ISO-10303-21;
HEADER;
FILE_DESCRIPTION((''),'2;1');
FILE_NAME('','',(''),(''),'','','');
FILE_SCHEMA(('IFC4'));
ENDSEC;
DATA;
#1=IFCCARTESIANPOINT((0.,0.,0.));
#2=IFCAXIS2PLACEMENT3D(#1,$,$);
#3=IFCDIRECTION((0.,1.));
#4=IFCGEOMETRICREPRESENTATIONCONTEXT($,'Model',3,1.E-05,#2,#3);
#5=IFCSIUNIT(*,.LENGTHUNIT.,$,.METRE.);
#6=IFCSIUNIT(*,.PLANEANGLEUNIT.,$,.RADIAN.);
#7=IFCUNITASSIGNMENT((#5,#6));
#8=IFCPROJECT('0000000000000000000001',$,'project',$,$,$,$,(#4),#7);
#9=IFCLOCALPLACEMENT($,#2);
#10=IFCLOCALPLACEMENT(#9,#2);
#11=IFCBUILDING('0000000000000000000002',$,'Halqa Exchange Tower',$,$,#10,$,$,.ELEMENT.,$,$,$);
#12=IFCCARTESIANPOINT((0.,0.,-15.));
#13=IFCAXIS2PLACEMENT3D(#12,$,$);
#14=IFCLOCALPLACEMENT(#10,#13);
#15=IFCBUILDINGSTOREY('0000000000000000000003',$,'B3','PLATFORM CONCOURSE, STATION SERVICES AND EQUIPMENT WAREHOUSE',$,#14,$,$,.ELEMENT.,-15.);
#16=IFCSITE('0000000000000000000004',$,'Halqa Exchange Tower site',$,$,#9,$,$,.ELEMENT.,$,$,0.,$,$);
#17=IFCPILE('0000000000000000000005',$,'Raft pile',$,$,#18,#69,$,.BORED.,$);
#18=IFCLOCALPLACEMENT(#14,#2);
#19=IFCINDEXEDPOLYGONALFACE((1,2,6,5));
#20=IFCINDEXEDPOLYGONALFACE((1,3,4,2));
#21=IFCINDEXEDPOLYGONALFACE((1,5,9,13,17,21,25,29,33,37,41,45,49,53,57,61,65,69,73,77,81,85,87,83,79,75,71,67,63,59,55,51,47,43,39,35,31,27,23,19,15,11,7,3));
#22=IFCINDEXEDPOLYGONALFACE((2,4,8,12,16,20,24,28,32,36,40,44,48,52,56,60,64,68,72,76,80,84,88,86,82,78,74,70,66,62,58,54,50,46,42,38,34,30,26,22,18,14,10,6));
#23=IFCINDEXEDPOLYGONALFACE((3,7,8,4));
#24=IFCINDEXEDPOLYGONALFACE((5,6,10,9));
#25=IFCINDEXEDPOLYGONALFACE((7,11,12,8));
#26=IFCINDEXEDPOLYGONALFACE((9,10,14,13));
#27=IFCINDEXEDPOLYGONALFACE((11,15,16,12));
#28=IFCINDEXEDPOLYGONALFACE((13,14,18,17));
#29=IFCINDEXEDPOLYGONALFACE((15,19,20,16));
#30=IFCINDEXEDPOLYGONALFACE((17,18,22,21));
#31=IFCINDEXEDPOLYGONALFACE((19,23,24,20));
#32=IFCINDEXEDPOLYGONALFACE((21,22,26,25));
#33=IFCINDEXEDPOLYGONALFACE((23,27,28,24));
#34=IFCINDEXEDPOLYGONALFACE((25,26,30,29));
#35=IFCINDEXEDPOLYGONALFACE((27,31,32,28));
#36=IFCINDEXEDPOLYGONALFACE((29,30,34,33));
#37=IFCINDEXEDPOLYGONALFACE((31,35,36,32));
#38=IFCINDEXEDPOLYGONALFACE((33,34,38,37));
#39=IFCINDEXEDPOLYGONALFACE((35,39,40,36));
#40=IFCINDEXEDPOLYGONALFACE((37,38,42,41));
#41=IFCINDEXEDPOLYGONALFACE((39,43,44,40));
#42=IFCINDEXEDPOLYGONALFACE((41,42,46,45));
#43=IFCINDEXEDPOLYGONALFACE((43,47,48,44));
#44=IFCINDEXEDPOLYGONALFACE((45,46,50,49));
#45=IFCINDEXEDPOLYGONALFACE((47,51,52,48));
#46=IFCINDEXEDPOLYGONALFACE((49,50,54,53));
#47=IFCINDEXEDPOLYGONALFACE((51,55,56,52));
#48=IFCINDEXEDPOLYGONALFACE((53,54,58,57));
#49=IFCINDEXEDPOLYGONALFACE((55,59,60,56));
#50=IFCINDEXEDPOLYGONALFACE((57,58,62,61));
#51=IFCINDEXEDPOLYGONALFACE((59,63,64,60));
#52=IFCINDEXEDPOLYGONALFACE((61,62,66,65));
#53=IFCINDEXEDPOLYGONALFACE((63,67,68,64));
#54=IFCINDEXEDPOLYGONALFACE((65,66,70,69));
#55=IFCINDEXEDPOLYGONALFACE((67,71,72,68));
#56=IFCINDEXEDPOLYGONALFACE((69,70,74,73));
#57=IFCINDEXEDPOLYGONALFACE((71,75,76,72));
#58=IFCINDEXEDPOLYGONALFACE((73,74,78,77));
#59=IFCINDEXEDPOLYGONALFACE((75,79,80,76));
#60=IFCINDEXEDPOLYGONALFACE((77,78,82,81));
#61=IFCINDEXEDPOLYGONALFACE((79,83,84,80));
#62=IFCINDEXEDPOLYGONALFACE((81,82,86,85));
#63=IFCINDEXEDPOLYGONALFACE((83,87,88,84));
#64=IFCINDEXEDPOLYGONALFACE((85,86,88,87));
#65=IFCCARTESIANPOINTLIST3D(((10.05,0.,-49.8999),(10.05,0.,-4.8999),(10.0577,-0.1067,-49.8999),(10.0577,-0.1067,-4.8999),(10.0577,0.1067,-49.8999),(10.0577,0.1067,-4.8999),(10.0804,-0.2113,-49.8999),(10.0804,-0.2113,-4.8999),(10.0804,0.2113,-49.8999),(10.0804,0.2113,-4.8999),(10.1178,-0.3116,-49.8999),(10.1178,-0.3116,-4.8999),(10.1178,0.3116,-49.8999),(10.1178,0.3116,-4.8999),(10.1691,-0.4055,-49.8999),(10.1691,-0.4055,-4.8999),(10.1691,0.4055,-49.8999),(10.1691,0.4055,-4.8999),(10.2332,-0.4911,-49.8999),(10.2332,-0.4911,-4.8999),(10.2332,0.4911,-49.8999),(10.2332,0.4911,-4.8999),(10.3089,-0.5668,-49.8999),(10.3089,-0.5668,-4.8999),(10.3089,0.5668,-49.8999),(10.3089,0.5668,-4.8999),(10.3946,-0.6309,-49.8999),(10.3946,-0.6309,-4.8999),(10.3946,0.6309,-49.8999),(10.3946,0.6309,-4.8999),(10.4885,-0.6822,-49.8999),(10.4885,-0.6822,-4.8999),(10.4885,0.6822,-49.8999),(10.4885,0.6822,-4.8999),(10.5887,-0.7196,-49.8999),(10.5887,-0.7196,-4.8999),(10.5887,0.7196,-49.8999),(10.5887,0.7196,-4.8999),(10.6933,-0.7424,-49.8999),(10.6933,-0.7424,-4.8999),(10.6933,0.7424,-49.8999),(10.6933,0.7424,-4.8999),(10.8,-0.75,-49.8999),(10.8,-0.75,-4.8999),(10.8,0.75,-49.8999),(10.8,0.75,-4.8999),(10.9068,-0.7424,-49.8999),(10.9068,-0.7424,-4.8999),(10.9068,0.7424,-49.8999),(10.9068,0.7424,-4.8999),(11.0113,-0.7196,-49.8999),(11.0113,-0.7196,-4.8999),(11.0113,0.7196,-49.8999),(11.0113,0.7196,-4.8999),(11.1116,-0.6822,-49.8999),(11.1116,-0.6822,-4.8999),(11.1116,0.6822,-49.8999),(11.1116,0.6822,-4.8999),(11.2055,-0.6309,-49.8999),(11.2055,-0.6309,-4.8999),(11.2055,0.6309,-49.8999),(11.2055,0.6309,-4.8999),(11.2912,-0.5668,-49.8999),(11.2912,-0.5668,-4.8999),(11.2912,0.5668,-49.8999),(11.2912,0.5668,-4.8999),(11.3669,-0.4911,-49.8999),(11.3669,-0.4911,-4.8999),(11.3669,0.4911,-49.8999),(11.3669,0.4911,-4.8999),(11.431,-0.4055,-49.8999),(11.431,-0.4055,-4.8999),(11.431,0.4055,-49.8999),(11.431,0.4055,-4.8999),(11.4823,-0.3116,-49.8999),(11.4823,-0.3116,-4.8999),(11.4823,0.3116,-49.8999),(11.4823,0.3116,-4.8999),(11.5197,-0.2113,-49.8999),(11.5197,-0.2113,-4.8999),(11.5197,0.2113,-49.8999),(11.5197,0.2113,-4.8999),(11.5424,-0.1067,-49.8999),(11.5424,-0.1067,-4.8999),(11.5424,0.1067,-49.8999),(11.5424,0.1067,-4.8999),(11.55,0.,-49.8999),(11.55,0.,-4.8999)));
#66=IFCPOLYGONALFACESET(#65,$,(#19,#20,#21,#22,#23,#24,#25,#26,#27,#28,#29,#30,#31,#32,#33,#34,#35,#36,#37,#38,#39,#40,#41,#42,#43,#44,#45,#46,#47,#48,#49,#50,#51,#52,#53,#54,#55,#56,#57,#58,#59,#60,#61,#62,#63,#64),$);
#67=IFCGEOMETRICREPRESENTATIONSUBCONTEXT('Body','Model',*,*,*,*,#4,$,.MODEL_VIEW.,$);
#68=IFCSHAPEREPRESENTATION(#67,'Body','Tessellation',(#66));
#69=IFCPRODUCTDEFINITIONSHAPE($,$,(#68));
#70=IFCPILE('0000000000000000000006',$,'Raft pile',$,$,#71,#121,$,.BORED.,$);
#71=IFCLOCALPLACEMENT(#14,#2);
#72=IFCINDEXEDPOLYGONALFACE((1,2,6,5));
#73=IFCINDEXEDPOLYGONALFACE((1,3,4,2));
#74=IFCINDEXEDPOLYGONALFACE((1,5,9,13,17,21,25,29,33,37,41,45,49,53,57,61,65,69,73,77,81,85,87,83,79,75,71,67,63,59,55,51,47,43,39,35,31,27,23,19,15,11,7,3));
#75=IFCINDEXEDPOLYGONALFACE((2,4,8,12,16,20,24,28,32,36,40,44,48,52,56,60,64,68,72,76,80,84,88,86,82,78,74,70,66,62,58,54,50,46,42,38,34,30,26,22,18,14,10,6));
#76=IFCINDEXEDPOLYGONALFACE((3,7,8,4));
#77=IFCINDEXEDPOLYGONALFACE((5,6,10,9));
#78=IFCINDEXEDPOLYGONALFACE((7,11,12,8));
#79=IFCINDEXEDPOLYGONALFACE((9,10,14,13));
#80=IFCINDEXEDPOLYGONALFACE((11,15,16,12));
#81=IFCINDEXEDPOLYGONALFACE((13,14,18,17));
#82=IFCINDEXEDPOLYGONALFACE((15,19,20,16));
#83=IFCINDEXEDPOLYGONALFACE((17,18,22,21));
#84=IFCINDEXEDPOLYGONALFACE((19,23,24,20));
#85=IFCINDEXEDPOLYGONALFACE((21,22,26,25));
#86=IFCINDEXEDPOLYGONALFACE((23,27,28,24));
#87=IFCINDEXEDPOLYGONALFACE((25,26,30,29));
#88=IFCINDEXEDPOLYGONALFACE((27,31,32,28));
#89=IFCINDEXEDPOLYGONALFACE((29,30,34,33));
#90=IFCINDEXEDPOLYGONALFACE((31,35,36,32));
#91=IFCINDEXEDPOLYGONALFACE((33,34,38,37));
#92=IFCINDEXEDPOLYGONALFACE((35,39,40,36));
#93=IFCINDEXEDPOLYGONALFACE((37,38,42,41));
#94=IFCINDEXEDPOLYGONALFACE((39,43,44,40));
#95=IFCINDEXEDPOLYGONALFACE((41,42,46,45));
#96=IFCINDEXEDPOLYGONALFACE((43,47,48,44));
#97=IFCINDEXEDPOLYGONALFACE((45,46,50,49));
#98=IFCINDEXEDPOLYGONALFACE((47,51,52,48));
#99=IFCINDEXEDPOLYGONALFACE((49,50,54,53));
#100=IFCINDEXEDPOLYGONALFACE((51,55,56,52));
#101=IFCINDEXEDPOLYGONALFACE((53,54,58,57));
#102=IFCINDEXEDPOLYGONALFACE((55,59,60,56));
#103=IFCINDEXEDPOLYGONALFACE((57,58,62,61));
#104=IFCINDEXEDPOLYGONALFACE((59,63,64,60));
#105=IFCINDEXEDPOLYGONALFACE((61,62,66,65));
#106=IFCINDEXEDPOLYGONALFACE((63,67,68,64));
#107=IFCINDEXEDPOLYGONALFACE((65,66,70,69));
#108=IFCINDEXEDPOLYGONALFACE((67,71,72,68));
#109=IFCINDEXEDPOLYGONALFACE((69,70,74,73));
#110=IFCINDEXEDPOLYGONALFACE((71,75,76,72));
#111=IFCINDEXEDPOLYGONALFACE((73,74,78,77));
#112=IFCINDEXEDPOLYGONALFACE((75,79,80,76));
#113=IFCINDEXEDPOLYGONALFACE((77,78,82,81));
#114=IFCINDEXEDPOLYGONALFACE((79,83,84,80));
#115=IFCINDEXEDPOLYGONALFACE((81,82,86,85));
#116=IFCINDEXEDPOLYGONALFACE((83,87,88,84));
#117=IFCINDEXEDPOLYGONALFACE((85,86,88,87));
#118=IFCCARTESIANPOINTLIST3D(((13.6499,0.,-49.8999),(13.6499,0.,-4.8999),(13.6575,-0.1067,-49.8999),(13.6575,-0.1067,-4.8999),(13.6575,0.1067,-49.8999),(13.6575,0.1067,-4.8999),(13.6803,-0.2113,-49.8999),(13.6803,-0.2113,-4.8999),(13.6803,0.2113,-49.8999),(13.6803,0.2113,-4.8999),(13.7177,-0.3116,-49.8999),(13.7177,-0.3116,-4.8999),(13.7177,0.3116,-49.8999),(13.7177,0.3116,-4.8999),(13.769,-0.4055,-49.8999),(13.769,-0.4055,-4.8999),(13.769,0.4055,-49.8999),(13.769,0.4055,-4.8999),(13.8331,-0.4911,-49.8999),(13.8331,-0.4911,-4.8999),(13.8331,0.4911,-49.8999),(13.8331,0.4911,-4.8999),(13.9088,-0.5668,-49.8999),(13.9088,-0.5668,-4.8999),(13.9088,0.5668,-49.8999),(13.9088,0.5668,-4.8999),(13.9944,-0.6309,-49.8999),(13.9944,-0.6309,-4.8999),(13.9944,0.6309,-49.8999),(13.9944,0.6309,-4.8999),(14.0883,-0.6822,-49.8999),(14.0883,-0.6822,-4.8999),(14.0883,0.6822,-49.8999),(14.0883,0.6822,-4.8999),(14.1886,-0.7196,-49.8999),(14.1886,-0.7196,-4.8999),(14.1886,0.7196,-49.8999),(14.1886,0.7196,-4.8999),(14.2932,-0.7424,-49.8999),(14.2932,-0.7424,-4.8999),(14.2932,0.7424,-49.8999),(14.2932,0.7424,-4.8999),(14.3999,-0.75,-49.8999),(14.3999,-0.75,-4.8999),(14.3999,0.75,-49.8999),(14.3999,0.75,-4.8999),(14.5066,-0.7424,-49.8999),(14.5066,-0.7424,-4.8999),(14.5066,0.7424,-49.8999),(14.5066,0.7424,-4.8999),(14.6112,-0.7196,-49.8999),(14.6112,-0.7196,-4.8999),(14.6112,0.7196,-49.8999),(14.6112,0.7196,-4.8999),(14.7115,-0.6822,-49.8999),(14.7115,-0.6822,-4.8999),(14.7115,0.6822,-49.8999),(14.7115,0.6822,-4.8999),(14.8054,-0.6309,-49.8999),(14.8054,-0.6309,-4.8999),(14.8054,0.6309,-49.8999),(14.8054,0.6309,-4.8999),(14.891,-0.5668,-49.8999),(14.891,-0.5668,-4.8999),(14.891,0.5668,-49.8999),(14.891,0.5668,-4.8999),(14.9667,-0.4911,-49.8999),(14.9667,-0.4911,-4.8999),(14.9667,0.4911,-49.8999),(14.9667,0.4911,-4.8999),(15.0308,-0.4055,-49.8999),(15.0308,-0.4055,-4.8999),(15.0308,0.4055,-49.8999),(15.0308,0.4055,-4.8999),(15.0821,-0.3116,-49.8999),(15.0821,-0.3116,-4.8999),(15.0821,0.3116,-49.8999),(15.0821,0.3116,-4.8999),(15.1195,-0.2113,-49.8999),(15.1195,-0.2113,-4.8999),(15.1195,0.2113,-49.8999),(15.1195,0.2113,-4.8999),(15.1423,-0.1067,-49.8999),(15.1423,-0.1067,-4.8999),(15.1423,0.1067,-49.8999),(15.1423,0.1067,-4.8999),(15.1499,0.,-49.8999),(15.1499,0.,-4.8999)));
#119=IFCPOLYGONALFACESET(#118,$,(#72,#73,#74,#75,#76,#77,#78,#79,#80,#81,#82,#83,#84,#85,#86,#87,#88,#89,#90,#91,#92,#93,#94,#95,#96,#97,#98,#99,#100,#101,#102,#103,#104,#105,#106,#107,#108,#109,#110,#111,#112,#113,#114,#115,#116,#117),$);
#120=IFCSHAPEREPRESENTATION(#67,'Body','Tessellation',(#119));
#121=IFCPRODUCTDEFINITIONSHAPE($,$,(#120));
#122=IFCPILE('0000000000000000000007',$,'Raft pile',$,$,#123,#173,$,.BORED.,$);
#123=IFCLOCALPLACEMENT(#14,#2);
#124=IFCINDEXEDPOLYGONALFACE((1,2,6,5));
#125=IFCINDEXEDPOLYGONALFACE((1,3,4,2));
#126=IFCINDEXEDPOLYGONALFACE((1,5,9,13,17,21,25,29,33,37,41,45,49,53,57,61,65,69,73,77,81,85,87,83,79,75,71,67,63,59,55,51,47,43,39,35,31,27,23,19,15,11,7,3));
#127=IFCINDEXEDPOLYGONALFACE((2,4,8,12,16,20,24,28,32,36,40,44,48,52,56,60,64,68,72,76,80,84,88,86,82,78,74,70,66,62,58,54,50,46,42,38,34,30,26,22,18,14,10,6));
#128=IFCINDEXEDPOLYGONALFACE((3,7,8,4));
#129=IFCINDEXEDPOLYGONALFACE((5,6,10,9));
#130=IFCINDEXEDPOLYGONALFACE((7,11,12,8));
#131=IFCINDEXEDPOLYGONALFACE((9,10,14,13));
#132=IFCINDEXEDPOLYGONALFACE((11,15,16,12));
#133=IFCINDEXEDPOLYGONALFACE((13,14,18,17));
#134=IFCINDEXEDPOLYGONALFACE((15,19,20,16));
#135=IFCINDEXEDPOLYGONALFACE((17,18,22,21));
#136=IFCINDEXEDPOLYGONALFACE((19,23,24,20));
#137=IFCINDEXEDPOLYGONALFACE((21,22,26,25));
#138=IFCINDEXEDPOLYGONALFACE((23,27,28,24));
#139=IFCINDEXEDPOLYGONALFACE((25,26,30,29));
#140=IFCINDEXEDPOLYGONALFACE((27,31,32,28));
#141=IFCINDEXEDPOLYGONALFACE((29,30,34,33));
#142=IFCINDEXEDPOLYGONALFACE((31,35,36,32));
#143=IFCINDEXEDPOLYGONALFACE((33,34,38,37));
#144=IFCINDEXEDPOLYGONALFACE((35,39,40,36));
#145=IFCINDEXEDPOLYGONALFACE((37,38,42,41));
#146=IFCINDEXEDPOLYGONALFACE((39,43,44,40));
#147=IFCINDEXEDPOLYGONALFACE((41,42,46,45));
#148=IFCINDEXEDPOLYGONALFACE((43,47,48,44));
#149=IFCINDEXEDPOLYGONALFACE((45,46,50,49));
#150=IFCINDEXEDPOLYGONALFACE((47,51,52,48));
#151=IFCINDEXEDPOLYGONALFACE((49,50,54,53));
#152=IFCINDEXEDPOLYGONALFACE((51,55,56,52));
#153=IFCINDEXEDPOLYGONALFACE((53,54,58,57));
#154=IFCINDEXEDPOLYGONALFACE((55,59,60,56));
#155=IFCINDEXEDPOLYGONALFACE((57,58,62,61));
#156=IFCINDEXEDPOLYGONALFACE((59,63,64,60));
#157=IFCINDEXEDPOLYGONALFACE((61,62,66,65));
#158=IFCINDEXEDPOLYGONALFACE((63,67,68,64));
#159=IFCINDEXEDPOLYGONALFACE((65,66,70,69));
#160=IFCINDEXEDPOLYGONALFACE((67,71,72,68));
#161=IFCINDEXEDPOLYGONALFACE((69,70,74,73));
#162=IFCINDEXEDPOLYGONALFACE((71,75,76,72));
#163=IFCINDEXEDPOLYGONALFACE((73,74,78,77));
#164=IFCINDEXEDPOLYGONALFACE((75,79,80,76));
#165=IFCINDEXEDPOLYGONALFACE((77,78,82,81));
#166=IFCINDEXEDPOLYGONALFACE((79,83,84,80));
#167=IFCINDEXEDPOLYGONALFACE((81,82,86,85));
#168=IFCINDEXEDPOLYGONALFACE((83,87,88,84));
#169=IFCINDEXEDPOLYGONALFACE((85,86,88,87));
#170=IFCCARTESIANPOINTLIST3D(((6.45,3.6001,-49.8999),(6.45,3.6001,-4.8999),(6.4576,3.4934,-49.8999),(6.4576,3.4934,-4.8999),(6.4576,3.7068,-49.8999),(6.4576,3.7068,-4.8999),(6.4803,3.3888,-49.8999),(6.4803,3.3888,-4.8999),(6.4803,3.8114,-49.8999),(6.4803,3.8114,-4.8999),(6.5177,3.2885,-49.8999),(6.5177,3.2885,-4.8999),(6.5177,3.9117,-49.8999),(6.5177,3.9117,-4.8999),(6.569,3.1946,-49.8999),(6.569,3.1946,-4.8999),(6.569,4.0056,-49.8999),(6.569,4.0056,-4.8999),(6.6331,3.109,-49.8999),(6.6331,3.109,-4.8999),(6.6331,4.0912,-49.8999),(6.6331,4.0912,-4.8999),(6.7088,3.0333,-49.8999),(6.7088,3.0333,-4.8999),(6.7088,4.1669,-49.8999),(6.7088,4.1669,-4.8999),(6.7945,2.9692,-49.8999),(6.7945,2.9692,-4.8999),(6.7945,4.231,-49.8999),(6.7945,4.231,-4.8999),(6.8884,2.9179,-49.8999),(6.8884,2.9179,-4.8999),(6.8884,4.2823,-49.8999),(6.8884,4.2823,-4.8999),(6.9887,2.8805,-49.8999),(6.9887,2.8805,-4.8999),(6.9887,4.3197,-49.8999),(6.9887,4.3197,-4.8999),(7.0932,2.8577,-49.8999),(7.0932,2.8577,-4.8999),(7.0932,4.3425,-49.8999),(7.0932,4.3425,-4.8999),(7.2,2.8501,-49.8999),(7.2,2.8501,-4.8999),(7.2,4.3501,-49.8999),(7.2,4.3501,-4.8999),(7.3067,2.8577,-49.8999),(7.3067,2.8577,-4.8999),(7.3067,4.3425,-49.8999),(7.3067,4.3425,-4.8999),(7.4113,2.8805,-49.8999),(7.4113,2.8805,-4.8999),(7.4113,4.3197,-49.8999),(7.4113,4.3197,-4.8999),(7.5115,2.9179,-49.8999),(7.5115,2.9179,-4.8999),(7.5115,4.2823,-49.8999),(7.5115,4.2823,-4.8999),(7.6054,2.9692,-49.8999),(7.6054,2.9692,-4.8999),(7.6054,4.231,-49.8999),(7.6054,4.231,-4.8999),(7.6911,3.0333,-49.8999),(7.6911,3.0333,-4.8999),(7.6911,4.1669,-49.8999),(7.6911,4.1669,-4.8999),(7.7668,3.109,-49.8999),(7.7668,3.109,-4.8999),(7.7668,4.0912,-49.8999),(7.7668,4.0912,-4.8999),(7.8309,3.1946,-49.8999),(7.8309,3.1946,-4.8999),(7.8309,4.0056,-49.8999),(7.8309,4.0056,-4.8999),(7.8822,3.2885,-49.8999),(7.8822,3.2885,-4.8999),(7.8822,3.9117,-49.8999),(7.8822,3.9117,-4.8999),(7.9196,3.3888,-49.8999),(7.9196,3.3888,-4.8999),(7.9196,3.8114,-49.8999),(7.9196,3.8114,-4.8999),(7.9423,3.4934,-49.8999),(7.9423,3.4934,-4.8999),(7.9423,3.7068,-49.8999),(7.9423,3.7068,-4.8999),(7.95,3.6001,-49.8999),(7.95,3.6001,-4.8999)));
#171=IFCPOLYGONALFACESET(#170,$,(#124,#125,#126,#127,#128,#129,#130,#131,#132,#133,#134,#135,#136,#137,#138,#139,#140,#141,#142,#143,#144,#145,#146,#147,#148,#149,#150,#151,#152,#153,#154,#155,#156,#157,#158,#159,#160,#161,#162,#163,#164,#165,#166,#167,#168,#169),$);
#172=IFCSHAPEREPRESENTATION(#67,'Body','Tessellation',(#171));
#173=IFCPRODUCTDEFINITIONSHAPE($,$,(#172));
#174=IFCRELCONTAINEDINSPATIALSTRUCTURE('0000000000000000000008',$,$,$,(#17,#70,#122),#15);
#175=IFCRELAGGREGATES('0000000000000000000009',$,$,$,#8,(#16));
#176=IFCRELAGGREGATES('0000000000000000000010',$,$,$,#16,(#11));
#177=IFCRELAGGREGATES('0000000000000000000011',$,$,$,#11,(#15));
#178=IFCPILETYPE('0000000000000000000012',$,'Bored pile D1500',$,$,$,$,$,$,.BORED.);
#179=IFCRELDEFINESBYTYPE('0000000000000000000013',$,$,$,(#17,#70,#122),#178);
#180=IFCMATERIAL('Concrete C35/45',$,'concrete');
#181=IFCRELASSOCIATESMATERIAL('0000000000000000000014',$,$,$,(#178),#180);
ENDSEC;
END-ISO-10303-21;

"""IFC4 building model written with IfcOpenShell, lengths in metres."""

from ifc_helpers import new_model, si_unit, direction, frame, origin, origin_2d, place, context, subcontext, project, spatial, circle, extrude, material, material_profile, profile_set, type_object, element, save


model = new_model("IFC4")

# Units and contexts
model_context = context("Model", 3, precision=1e-05, world=origin(), true_north=direction((0.0, 1.0)))
body_context = subcontext(model_context, "Body", "Model", "MODEL_VIEW")
ifc_project = project(units=[si_unit("LENGTHUNIT", "METRE"), si_unit("PLANEANGLEUNIT", "RADIAN")], contexts=[model_context])

# Site, building, storey
site_placement = place(None, origin())
site = spatial("IfcSite", under=ifc_project, at=site_placement, Name="Halqa Exchange Tower site", CompositionType="ELEMENT", RefElevation=0.0)
building_placement = place(site_placement, origin())
building = spatial("IfcBuilding", under=site, at=building_placement, Name="Halqa Exchange Tower", CompositionType="ELEMENT")
storey_placement = place(building_placement, frame((0.0, 0.0, -15.0)))
storey = spatial("IfcBuildingStorey", under=building, at=storey_placement, Name="B3", Description="PLATFORM CONCOURSE, STATION SERVICES AND EQUIPMENT WAREHOUSE", CompositionType="ELEMENT", Elevation=-15.0)

# Piles
ifc_material_1 = material(Name="Concrete C35/45", Category="concrete")
ifc_material_profile_1 = material_profile(ifc_material_1, circle(Radius=0.75, at=origin_2d()), Name="D1500")
ifc_profile_set_1 = profile_set([ifc_material_profile_1], Name="Concrete C35/45")
pile_type_1 = type_object("IfcPileType", Name="Bored pile D1500", PredefinedType="BORED", material=ifc_profile_set_1)
for number, where, z_axis, x_axis, name in (
    (1, (10.8, 0.0, -4.8999), (0.0, 0.0, -1.0), (1.0, 0.0, 0.0), "Raft pile"),
    (2, (14.3999, 0.0, -4.8999), (0.0, 0.0, -1.0), (1.0, 0.0, 0.0), "Raft pile"),
    (3, (7.2, 3.6001, -4.8999), (0.0, 0.0, -1.0), (1.0, 0.0, 0.0), "Raft pile"),
):
    element("IfcPile", number, at=place(storey_placement, frame(where, z_axis=z_axis, x_axis=x_axis)), inside=storey, type_object=pile_type_1, Name=name, PredefinedType="BORED", context=body_context, shape_type="SweptSolid", body=[
        extrude(circle(Radius=0.75, at=origin_2d()), origin(), (0.0, 0.0, 1.0), 45.0),
    ])

save(model, "model.ifc")
